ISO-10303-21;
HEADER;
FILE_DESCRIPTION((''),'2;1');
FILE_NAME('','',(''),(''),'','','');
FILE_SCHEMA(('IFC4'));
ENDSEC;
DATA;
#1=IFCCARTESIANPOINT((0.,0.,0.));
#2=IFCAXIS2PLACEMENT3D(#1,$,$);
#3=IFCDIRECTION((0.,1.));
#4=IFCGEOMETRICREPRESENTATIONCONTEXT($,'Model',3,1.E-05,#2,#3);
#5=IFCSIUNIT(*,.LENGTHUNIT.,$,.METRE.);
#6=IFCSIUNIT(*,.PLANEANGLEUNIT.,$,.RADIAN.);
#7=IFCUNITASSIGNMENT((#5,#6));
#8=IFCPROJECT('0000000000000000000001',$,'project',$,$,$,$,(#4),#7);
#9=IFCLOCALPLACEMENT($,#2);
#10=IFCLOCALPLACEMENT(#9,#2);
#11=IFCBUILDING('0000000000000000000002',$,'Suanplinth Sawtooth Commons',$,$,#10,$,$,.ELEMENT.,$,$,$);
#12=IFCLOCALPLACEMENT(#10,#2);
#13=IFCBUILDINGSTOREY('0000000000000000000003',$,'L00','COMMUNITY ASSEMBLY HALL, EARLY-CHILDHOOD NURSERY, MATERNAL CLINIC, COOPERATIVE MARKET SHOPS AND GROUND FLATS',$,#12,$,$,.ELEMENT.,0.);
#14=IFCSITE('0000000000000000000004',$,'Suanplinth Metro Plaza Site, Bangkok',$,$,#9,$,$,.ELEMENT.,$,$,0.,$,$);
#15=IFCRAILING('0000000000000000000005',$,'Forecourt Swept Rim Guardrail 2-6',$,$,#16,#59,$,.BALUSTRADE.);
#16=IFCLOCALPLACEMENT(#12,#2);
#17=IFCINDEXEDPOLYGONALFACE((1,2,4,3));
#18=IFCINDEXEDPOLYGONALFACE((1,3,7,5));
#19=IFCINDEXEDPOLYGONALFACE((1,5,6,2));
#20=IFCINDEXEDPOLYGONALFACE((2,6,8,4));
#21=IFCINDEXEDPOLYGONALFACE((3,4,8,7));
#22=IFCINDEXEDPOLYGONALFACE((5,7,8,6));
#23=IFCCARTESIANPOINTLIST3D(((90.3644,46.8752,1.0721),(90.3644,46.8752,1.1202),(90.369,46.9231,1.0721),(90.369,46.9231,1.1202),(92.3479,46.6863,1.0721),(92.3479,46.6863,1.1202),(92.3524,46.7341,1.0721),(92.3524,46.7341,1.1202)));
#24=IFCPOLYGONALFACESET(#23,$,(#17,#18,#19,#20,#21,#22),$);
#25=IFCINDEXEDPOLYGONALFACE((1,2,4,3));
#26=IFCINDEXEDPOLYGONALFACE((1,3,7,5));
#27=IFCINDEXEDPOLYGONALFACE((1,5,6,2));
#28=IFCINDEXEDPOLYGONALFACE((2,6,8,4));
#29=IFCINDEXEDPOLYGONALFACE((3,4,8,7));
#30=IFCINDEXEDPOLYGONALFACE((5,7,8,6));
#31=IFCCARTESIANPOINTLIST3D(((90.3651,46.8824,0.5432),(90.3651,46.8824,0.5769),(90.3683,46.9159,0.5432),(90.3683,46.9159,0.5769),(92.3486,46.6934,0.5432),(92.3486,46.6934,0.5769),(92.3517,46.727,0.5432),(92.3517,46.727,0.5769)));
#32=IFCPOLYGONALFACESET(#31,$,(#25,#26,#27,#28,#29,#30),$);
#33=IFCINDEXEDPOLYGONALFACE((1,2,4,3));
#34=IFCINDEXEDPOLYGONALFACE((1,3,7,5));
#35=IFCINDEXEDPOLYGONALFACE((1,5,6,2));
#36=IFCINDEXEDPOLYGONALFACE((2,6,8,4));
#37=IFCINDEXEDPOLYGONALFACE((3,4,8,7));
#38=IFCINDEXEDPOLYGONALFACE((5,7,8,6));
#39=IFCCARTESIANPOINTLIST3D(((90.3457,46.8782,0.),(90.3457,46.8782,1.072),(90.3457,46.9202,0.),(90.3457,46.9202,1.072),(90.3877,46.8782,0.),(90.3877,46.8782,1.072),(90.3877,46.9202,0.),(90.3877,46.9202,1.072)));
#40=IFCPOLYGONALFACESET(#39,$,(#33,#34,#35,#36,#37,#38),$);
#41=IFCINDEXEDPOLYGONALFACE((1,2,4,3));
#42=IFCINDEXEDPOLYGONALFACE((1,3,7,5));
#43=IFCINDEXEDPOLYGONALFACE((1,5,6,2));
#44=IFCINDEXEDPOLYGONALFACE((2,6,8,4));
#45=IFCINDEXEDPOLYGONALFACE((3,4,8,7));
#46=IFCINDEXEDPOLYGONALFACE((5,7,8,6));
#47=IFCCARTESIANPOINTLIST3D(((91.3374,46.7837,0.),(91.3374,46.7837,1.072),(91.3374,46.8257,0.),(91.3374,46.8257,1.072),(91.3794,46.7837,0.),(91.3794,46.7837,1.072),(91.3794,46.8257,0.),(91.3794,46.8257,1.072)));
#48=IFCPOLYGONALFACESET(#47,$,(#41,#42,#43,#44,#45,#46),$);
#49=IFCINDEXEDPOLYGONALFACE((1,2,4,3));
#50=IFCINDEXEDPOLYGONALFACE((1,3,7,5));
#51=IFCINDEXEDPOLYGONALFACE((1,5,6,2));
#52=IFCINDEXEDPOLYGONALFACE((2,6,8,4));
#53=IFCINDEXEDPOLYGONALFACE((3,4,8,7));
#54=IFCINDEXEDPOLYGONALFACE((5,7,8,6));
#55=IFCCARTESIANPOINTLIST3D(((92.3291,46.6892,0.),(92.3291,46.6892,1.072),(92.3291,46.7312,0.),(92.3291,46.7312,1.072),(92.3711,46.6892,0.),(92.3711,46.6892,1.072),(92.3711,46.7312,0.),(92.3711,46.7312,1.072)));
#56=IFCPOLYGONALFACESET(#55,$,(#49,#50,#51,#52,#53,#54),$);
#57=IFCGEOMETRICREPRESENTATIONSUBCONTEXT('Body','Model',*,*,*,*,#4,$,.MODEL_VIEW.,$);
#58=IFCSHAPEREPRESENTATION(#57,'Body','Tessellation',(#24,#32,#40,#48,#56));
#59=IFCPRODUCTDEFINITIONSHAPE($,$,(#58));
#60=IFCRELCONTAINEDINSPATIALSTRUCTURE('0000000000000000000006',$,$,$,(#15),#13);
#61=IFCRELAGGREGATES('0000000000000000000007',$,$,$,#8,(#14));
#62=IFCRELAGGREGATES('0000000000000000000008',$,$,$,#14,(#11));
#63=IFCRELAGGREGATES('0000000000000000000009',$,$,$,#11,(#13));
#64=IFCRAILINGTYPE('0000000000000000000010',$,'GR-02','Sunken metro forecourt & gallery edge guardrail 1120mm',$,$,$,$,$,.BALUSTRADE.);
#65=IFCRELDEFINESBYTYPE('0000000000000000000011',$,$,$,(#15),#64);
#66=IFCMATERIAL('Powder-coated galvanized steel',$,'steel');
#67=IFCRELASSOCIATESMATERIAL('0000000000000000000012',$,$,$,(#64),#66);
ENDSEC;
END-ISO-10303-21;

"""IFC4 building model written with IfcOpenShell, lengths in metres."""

from ifc_helpers import new_model, si_unit, direction, frame, origin, origin_2d, place, context, subcontext, project, spatial, rectangle, extrude, material, type_object, element, save


model = new_model("IFC4")

# Units and contexts
model_context = context("Model", 3, precision=1e-05, world=origin(), true_north=direction((0.0, 1.0)))
body_context = subcontext(model_context, "Body", "Model", "MODEL_VIEW")
ifc_project = project(units=[si_unit("LENGTHUNIT", "METRE"), si_unit("PLANEANGLEUNIT", "RADIAN")], contexts=[model_context])

# Site, building, storey
site_placement = place(None, origin())
site = spatial("IfcSite", under=ifc_project, at=site_placement, Name="Suanplinth Metro Plaza Site, Bangkok", CompositionType="ELEMENT", RefElevation=0.0)
building_placement = place(site_placement, origin())
building = spatial("IfcBuilding", under=site, at=building_placement, Name="Suanplinth Sawtooth Commons", CompositionType="ELEMENT")
storey_placement = place(building_placement, origin())
storey = spatial("IfcBuildingStorey", under=building, at=storey_placement, Name="L00", Description="COMMUNITY ASSEMBLY HALL, EARLY-CHILDHOOD NURSERY, MATERNAL CLINIC, COOPERATIVE MARKET SHOPS AND GROUND FLATS", CompositionType="ELEMENT", Elevation=0.0)

# Railing
ifc_material_1 = material(Name="Powder-coated galvanized steel", Category="steel")
railing_type = type_object("IfcRailingType", Name="GR-02", Description="Sunken metro forecourt & gallery edge guardrail 1120mm", PredefinedType="BALUSTRADE", material=ifc_material_1)
railing_1_placement = place(storey_placement, frame((90.3667, 46.8992, 0.0)))
element("IfcRailing", 1, at=railing_1_placement, inside=storey, type_object=railing_type, Name="Forecourt Swept Rim Guardrail 2-6", PredefinedType="BALUSTRADE", context=body_context, shape_type="SweptSolid", body=[
    extrude(rectangle(XDim=0.0481, YDim=0.0481, at=origin_2d()), frame((0.0, 0.0, 1.0962), z_axis=(0.995492, -0.094844, 0.0), x_axis=(0.094844, 0.995492, 0.0)), (0.0, 0.0, 1.0), 1.9924),
    extrude(rectangle(XDim=0.0337, YDim=0.0337, at=origin_2d()), frame((0.0, 0.0, 0.5601), z_axis=(0.995492, -0.094844, 0.0), x_axis=(0.094844, 0.995492, 0.0)), (0.0, 0.0, 1.0), 1.9924),
    extrude(rectangle(XDim=0.042, YDim=0.042, at=origin_2d()), origin(), (0.0, 0.0, 1.0), 1.072),
    extrude(rectangle(XDim=0.042, YDim=0.042, at=origin_2d()), frame((0.9917, -0.0945, 0.0)), (0.0, 0.0, 1.0), 1.072),
    extrude(rectangle(XDim=0.042, YDim=0.042, at=origin_2d()), frame((1.9834, -0.189, 0.0)), (0.0, 0.0, 1.0), 1.072),
])

save(model, "model.ifc")
